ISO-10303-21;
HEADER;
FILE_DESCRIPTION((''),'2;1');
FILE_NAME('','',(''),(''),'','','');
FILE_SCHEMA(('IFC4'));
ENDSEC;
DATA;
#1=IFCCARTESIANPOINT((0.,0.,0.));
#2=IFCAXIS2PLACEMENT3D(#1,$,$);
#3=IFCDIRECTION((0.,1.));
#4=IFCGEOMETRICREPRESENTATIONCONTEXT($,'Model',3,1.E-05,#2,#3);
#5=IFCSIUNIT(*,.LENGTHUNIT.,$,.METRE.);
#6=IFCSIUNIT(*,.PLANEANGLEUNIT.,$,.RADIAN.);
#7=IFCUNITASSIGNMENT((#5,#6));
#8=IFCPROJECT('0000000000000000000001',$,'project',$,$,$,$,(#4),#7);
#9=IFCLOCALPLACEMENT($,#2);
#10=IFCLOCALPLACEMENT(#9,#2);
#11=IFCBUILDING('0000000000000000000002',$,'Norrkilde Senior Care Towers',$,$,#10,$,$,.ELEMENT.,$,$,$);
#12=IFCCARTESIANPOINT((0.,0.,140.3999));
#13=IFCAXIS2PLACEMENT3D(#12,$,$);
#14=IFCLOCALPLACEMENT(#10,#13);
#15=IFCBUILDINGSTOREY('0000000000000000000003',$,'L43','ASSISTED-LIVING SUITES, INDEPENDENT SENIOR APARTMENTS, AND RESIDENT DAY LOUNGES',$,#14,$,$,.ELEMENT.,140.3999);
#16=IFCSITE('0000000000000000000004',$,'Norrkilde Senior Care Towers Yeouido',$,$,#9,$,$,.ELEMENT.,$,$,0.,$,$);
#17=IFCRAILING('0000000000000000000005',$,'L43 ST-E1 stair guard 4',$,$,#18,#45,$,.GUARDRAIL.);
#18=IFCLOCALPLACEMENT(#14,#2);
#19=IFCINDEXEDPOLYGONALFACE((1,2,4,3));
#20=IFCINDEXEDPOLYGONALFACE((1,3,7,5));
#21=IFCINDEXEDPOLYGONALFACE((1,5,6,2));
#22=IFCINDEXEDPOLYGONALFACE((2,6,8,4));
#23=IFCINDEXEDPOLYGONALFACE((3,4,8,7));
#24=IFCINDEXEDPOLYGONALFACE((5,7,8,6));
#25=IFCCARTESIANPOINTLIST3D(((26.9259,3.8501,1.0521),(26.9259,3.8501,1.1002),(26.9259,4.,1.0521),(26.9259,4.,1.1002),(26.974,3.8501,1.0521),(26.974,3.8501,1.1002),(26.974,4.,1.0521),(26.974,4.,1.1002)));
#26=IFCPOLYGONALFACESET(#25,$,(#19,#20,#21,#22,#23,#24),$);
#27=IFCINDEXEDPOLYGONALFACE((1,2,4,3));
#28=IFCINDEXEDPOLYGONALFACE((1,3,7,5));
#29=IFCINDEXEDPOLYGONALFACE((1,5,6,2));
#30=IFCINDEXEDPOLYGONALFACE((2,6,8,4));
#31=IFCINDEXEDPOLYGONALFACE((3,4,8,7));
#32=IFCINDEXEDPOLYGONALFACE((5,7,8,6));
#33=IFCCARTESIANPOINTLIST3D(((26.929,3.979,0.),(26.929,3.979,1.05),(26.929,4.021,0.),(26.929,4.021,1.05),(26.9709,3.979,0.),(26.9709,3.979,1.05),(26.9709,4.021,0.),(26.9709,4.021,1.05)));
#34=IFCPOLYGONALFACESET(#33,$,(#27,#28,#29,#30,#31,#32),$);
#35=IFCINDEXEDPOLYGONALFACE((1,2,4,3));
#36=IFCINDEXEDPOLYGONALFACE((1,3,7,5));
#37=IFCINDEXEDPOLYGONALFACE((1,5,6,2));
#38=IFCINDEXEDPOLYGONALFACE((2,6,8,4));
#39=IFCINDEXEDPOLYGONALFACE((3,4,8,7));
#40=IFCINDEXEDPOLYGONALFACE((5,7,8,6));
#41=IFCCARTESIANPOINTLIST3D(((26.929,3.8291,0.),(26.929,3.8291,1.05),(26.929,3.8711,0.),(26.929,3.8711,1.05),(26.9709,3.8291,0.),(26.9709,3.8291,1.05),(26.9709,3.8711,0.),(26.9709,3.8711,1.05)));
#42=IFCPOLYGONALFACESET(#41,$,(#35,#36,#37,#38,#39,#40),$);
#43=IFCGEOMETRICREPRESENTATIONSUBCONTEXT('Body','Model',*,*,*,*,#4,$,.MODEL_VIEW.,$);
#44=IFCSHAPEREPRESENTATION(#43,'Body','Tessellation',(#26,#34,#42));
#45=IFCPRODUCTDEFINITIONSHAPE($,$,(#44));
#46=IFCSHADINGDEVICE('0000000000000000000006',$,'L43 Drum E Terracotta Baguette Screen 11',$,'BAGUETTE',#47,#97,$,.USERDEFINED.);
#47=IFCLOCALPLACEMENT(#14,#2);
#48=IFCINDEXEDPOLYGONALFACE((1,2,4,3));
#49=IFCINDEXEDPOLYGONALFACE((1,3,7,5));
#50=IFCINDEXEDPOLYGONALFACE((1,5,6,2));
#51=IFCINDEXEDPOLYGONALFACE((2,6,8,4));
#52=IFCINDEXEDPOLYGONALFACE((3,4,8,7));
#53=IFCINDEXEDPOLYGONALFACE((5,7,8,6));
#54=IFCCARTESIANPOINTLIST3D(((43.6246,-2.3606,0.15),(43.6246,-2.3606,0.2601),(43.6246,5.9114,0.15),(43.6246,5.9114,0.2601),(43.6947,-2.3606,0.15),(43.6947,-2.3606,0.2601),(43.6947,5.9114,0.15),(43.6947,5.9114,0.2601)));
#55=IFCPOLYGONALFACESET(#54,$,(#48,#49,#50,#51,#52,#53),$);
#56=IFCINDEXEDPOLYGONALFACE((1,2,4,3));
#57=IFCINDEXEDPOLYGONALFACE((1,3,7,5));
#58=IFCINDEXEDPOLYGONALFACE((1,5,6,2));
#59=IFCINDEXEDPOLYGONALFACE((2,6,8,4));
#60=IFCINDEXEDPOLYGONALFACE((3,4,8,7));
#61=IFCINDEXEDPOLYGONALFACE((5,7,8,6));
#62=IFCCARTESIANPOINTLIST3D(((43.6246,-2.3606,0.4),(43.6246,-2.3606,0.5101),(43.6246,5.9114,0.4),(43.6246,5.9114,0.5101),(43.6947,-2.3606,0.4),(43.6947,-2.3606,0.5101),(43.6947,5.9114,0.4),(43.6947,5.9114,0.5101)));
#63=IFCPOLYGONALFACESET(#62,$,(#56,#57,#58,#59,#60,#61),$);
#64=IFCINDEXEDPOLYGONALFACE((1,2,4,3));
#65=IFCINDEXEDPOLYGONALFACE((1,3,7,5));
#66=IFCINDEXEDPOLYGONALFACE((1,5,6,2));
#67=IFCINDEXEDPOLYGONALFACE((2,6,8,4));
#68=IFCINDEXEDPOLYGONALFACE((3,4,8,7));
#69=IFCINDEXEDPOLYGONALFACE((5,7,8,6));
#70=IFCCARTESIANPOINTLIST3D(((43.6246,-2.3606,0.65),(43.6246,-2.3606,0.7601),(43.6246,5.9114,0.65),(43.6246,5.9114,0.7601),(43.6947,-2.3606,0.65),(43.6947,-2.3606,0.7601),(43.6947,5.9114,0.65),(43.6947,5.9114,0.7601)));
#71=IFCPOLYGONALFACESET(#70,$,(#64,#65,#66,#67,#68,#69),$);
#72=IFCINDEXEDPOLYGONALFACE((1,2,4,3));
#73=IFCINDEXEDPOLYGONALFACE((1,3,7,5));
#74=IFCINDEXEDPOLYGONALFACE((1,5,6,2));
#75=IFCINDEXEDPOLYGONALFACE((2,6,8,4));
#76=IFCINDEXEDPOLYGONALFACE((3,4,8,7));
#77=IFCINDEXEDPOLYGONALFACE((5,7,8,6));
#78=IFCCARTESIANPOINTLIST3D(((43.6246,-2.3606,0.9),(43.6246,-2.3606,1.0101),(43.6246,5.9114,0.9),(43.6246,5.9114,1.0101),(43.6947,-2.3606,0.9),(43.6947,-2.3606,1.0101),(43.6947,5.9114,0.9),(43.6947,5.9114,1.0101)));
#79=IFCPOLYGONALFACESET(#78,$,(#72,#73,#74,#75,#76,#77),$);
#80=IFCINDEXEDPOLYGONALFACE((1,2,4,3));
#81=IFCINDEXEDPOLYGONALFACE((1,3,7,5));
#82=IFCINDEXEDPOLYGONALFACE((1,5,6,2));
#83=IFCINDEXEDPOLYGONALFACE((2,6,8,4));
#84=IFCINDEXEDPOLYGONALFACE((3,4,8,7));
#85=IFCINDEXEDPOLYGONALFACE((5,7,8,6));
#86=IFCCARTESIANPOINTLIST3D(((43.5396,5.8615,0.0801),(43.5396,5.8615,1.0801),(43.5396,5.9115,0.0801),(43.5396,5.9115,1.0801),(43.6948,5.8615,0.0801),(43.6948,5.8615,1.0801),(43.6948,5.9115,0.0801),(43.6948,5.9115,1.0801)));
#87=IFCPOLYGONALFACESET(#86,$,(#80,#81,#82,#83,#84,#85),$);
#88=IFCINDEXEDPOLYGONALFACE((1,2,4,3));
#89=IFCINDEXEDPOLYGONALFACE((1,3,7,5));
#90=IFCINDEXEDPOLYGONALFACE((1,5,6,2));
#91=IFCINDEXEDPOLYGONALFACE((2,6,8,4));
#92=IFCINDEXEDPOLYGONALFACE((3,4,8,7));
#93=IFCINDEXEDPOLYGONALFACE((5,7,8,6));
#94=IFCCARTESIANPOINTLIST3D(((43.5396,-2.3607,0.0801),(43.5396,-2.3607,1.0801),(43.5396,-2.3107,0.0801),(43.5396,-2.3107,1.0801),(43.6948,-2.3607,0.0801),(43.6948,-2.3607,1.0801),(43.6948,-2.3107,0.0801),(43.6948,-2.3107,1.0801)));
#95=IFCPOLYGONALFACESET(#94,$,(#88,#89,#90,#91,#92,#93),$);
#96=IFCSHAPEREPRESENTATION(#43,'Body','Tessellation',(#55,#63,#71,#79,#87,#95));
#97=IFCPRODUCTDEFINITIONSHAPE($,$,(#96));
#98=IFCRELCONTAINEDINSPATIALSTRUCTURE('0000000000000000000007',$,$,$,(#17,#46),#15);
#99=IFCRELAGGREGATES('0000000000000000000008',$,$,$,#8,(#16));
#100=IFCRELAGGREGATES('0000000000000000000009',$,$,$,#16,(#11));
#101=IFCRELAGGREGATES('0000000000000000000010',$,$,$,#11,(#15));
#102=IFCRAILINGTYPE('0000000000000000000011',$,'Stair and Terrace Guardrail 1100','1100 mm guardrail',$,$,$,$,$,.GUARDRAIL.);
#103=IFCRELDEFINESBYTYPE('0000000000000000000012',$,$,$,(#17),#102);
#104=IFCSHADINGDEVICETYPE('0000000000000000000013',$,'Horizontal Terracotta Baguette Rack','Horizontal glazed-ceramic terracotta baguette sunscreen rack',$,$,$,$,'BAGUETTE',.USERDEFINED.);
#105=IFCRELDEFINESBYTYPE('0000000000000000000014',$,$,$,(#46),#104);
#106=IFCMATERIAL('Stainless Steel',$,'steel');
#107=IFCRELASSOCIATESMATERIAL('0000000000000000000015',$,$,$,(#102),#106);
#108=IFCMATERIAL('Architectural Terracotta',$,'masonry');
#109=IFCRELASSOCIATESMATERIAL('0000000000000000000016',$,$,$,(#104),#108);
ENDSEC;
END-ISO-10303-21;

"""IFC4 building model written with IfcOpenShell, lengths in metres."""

from ifc_helpers import new_model, si_unit, direction, frame, origin, origin_2d, place, context, subcontext, project, spatial, rectangle, extrude, source, transform, mapped, material, type_object, type_shapes, element, save


model = new_model("IFC4")

# Units and contexts
model_context = context("Model", 3, precision=1e-05, world=origin(), true_north=direction((0.0, 1.0)))
body_context = subcontext(model_context, "Body", "Model", "MODEL_VIEW")
ifc_project = project(units=[si_unit("LENGTHUNIT", "METRE"), si_unit("PLANEANGLEUNIT", "RADIAN")], contexts=[model_context])

# Site, building, storey
site_placement = place(None, origin())
site = spatial("IfcSite", under=ifc_project, at=site_placement, Name="Norrkilde Senior Care Towers Yeouido", CompositionType="ELEMENT", RefElevation=0.0)
building_placement = place(site_placement, origin())
building = spatial("IfcBuilding", under=site, at=building_placement, Name="Norrkilde Senior Care Towers", CompositionType="ELEMENT")
storey_placement = place(building_placement, frame((0.0, 0.0, 140.3999)))
storey = spatial("IfcBuildingStorey", under=building, at=storey_placement, Name="L43", Description="ASSISTED-LIVING SUITES, INDEPENDENT SENIOR APARTMENTS, AND RESIDENT DAY LOUNGES", CompositionType="ELEMENT", Elevation=140.3999)

# Shared definitions
ifc_material_1 = material(Name="Stainless Steel", Category="steel")

# Railing
railing_type = type_object("IfcRailingType", Name="Stair and Terrace Guardrail 1100", Description="1100 mm guardrail", PredefinedType="GUARDRAIL", material=ifc_material_1)
railing_placement = place(storey_placement, frame((26.95, 4.0, 0.0)))
element("IfcRailing", 1, at=railing_placement, inside=storey, type_object=railing_type, Name="L43 ST-E1 stair guard 4", PredefinedType="GUARDRAIL", context=body_context, shape_type="SweptSolid", body=[
    extrude(rectangle(XDim=0.0481, YDim=0.0481, at=origin_2d()), frame((0.0, 0.0, 1.0762), z_axis=(0.0, -1.0, 0.0), x_axis=(1.0, 0.0, 0.0)), (0.0, 0.0, 1.0), 0.1499),
    extrude(rectangle(XDim=0.042, YDim=0.042, at=origin_2d()), origin(), (0.0, 0.0, 1.0), 1.05),
    extrude(rectangle(XDim=0.042, YDim=0.042, at=origin_2d()), frame((0.0, -0.1499, 0.0)), (0.0, 0.0, 1.0), 1.05),
])

# Shading device
ifc_material_2 = material(Name="Architectural Terracotta", Category="masonry")
shading_device_type = type_object("IfcShadingDeviceType", Name="Horizontal Terracotta Baguette Rack", Description="Horizontal glazed-ceramic terracotta baguette sunscreen rack", ElementType="BAGUETTE", PredefinedType="USERDEFINED", material=ifc_material_2)
shared_shape_1 = source(origin(), body_context, "Body", "SweptSolid", [
    extrude(rectangle(XDim=0.0701, YDim=0.1101, at=origin_2d()), frame((0.0, 0.0901, 0.125), z_axis=(1.0, 0.0, 0.0), x_axis=(0.0, 1.0, 0.0)), (0.0, 0.0, 1.0), 8.272),
    extrude(rectangle(XDim=0.0701, YDim=0.1101, at=origin_2d()), frame((0.0, 0.0901, 0.375), z_axis=(1.0, 0.0, 0.0), x_axis=(0.0, 1.0, 0.0)), (0.0, 0.0, 1.0), 8.272),
    extrude(rectangle(XDim=0.0701, YDim=0.1101, at=origin_2d()), frame((0.0, 0.0901, 0.625), z_axis=(1.0, 0.0, 0.0), x_axis=(0.0, 1.0, 0.0)), (0.0, 0.0, 1.0), 8.272),
    extrude(rectangle(XDim=0.0701, YDim=0.1101, at=origin_2d()), frame((0.0, 0.0901, 0.875), z_axis=(1.0, 0.0, 0.0), x_axis=(0.0, 1.0, 0.0)), (0.0, 0.0, 1.0), 8.272),
    extrude(rectangle(XDim=0.05, YDim=0.1553, at=origin_2d()), frame((0.0249, 0.0476, 0.0)), (0.0, 0.0, 1.0), 1.0),
    extrude(rectangle(XDim=0.05, YDim=0.1553, at=origin_2d()), frame((8.2471, 0.0476, 0.0)), (0.0, 0.0, 1.0), 1.0),
])
type_shapes(shading_device_type, [shared_shape_1])
shading_device_placement = place(storey_placement, frame((43.5696, 5.9114, 0.0801), z_axis=(0.0, 0.0, 1.0), x_axis=(0.0, -1.0, 0.0)))
element("IfcShadingDevice", 2, at=shading_device_placement, inside=storey, type_object=shading_device_type, Name="L43 Drum E Terracotta Baguette Screen 11", ObjectType="BAGUETTE", PredefinedType="USERDEFINED", context=body_context, shape_type="MappedRepresentation", body=[
    mapped(shared_shape_1, transform((0.0, 0.0, 0.0), x_axis=(1.0, 0.0, 0.0), y_axis=(0.0, 1.0, 0.0), z_axis=(0.0, 0.0, 1.0), scale=1.0)),
])

save(model, "model.ifc")
